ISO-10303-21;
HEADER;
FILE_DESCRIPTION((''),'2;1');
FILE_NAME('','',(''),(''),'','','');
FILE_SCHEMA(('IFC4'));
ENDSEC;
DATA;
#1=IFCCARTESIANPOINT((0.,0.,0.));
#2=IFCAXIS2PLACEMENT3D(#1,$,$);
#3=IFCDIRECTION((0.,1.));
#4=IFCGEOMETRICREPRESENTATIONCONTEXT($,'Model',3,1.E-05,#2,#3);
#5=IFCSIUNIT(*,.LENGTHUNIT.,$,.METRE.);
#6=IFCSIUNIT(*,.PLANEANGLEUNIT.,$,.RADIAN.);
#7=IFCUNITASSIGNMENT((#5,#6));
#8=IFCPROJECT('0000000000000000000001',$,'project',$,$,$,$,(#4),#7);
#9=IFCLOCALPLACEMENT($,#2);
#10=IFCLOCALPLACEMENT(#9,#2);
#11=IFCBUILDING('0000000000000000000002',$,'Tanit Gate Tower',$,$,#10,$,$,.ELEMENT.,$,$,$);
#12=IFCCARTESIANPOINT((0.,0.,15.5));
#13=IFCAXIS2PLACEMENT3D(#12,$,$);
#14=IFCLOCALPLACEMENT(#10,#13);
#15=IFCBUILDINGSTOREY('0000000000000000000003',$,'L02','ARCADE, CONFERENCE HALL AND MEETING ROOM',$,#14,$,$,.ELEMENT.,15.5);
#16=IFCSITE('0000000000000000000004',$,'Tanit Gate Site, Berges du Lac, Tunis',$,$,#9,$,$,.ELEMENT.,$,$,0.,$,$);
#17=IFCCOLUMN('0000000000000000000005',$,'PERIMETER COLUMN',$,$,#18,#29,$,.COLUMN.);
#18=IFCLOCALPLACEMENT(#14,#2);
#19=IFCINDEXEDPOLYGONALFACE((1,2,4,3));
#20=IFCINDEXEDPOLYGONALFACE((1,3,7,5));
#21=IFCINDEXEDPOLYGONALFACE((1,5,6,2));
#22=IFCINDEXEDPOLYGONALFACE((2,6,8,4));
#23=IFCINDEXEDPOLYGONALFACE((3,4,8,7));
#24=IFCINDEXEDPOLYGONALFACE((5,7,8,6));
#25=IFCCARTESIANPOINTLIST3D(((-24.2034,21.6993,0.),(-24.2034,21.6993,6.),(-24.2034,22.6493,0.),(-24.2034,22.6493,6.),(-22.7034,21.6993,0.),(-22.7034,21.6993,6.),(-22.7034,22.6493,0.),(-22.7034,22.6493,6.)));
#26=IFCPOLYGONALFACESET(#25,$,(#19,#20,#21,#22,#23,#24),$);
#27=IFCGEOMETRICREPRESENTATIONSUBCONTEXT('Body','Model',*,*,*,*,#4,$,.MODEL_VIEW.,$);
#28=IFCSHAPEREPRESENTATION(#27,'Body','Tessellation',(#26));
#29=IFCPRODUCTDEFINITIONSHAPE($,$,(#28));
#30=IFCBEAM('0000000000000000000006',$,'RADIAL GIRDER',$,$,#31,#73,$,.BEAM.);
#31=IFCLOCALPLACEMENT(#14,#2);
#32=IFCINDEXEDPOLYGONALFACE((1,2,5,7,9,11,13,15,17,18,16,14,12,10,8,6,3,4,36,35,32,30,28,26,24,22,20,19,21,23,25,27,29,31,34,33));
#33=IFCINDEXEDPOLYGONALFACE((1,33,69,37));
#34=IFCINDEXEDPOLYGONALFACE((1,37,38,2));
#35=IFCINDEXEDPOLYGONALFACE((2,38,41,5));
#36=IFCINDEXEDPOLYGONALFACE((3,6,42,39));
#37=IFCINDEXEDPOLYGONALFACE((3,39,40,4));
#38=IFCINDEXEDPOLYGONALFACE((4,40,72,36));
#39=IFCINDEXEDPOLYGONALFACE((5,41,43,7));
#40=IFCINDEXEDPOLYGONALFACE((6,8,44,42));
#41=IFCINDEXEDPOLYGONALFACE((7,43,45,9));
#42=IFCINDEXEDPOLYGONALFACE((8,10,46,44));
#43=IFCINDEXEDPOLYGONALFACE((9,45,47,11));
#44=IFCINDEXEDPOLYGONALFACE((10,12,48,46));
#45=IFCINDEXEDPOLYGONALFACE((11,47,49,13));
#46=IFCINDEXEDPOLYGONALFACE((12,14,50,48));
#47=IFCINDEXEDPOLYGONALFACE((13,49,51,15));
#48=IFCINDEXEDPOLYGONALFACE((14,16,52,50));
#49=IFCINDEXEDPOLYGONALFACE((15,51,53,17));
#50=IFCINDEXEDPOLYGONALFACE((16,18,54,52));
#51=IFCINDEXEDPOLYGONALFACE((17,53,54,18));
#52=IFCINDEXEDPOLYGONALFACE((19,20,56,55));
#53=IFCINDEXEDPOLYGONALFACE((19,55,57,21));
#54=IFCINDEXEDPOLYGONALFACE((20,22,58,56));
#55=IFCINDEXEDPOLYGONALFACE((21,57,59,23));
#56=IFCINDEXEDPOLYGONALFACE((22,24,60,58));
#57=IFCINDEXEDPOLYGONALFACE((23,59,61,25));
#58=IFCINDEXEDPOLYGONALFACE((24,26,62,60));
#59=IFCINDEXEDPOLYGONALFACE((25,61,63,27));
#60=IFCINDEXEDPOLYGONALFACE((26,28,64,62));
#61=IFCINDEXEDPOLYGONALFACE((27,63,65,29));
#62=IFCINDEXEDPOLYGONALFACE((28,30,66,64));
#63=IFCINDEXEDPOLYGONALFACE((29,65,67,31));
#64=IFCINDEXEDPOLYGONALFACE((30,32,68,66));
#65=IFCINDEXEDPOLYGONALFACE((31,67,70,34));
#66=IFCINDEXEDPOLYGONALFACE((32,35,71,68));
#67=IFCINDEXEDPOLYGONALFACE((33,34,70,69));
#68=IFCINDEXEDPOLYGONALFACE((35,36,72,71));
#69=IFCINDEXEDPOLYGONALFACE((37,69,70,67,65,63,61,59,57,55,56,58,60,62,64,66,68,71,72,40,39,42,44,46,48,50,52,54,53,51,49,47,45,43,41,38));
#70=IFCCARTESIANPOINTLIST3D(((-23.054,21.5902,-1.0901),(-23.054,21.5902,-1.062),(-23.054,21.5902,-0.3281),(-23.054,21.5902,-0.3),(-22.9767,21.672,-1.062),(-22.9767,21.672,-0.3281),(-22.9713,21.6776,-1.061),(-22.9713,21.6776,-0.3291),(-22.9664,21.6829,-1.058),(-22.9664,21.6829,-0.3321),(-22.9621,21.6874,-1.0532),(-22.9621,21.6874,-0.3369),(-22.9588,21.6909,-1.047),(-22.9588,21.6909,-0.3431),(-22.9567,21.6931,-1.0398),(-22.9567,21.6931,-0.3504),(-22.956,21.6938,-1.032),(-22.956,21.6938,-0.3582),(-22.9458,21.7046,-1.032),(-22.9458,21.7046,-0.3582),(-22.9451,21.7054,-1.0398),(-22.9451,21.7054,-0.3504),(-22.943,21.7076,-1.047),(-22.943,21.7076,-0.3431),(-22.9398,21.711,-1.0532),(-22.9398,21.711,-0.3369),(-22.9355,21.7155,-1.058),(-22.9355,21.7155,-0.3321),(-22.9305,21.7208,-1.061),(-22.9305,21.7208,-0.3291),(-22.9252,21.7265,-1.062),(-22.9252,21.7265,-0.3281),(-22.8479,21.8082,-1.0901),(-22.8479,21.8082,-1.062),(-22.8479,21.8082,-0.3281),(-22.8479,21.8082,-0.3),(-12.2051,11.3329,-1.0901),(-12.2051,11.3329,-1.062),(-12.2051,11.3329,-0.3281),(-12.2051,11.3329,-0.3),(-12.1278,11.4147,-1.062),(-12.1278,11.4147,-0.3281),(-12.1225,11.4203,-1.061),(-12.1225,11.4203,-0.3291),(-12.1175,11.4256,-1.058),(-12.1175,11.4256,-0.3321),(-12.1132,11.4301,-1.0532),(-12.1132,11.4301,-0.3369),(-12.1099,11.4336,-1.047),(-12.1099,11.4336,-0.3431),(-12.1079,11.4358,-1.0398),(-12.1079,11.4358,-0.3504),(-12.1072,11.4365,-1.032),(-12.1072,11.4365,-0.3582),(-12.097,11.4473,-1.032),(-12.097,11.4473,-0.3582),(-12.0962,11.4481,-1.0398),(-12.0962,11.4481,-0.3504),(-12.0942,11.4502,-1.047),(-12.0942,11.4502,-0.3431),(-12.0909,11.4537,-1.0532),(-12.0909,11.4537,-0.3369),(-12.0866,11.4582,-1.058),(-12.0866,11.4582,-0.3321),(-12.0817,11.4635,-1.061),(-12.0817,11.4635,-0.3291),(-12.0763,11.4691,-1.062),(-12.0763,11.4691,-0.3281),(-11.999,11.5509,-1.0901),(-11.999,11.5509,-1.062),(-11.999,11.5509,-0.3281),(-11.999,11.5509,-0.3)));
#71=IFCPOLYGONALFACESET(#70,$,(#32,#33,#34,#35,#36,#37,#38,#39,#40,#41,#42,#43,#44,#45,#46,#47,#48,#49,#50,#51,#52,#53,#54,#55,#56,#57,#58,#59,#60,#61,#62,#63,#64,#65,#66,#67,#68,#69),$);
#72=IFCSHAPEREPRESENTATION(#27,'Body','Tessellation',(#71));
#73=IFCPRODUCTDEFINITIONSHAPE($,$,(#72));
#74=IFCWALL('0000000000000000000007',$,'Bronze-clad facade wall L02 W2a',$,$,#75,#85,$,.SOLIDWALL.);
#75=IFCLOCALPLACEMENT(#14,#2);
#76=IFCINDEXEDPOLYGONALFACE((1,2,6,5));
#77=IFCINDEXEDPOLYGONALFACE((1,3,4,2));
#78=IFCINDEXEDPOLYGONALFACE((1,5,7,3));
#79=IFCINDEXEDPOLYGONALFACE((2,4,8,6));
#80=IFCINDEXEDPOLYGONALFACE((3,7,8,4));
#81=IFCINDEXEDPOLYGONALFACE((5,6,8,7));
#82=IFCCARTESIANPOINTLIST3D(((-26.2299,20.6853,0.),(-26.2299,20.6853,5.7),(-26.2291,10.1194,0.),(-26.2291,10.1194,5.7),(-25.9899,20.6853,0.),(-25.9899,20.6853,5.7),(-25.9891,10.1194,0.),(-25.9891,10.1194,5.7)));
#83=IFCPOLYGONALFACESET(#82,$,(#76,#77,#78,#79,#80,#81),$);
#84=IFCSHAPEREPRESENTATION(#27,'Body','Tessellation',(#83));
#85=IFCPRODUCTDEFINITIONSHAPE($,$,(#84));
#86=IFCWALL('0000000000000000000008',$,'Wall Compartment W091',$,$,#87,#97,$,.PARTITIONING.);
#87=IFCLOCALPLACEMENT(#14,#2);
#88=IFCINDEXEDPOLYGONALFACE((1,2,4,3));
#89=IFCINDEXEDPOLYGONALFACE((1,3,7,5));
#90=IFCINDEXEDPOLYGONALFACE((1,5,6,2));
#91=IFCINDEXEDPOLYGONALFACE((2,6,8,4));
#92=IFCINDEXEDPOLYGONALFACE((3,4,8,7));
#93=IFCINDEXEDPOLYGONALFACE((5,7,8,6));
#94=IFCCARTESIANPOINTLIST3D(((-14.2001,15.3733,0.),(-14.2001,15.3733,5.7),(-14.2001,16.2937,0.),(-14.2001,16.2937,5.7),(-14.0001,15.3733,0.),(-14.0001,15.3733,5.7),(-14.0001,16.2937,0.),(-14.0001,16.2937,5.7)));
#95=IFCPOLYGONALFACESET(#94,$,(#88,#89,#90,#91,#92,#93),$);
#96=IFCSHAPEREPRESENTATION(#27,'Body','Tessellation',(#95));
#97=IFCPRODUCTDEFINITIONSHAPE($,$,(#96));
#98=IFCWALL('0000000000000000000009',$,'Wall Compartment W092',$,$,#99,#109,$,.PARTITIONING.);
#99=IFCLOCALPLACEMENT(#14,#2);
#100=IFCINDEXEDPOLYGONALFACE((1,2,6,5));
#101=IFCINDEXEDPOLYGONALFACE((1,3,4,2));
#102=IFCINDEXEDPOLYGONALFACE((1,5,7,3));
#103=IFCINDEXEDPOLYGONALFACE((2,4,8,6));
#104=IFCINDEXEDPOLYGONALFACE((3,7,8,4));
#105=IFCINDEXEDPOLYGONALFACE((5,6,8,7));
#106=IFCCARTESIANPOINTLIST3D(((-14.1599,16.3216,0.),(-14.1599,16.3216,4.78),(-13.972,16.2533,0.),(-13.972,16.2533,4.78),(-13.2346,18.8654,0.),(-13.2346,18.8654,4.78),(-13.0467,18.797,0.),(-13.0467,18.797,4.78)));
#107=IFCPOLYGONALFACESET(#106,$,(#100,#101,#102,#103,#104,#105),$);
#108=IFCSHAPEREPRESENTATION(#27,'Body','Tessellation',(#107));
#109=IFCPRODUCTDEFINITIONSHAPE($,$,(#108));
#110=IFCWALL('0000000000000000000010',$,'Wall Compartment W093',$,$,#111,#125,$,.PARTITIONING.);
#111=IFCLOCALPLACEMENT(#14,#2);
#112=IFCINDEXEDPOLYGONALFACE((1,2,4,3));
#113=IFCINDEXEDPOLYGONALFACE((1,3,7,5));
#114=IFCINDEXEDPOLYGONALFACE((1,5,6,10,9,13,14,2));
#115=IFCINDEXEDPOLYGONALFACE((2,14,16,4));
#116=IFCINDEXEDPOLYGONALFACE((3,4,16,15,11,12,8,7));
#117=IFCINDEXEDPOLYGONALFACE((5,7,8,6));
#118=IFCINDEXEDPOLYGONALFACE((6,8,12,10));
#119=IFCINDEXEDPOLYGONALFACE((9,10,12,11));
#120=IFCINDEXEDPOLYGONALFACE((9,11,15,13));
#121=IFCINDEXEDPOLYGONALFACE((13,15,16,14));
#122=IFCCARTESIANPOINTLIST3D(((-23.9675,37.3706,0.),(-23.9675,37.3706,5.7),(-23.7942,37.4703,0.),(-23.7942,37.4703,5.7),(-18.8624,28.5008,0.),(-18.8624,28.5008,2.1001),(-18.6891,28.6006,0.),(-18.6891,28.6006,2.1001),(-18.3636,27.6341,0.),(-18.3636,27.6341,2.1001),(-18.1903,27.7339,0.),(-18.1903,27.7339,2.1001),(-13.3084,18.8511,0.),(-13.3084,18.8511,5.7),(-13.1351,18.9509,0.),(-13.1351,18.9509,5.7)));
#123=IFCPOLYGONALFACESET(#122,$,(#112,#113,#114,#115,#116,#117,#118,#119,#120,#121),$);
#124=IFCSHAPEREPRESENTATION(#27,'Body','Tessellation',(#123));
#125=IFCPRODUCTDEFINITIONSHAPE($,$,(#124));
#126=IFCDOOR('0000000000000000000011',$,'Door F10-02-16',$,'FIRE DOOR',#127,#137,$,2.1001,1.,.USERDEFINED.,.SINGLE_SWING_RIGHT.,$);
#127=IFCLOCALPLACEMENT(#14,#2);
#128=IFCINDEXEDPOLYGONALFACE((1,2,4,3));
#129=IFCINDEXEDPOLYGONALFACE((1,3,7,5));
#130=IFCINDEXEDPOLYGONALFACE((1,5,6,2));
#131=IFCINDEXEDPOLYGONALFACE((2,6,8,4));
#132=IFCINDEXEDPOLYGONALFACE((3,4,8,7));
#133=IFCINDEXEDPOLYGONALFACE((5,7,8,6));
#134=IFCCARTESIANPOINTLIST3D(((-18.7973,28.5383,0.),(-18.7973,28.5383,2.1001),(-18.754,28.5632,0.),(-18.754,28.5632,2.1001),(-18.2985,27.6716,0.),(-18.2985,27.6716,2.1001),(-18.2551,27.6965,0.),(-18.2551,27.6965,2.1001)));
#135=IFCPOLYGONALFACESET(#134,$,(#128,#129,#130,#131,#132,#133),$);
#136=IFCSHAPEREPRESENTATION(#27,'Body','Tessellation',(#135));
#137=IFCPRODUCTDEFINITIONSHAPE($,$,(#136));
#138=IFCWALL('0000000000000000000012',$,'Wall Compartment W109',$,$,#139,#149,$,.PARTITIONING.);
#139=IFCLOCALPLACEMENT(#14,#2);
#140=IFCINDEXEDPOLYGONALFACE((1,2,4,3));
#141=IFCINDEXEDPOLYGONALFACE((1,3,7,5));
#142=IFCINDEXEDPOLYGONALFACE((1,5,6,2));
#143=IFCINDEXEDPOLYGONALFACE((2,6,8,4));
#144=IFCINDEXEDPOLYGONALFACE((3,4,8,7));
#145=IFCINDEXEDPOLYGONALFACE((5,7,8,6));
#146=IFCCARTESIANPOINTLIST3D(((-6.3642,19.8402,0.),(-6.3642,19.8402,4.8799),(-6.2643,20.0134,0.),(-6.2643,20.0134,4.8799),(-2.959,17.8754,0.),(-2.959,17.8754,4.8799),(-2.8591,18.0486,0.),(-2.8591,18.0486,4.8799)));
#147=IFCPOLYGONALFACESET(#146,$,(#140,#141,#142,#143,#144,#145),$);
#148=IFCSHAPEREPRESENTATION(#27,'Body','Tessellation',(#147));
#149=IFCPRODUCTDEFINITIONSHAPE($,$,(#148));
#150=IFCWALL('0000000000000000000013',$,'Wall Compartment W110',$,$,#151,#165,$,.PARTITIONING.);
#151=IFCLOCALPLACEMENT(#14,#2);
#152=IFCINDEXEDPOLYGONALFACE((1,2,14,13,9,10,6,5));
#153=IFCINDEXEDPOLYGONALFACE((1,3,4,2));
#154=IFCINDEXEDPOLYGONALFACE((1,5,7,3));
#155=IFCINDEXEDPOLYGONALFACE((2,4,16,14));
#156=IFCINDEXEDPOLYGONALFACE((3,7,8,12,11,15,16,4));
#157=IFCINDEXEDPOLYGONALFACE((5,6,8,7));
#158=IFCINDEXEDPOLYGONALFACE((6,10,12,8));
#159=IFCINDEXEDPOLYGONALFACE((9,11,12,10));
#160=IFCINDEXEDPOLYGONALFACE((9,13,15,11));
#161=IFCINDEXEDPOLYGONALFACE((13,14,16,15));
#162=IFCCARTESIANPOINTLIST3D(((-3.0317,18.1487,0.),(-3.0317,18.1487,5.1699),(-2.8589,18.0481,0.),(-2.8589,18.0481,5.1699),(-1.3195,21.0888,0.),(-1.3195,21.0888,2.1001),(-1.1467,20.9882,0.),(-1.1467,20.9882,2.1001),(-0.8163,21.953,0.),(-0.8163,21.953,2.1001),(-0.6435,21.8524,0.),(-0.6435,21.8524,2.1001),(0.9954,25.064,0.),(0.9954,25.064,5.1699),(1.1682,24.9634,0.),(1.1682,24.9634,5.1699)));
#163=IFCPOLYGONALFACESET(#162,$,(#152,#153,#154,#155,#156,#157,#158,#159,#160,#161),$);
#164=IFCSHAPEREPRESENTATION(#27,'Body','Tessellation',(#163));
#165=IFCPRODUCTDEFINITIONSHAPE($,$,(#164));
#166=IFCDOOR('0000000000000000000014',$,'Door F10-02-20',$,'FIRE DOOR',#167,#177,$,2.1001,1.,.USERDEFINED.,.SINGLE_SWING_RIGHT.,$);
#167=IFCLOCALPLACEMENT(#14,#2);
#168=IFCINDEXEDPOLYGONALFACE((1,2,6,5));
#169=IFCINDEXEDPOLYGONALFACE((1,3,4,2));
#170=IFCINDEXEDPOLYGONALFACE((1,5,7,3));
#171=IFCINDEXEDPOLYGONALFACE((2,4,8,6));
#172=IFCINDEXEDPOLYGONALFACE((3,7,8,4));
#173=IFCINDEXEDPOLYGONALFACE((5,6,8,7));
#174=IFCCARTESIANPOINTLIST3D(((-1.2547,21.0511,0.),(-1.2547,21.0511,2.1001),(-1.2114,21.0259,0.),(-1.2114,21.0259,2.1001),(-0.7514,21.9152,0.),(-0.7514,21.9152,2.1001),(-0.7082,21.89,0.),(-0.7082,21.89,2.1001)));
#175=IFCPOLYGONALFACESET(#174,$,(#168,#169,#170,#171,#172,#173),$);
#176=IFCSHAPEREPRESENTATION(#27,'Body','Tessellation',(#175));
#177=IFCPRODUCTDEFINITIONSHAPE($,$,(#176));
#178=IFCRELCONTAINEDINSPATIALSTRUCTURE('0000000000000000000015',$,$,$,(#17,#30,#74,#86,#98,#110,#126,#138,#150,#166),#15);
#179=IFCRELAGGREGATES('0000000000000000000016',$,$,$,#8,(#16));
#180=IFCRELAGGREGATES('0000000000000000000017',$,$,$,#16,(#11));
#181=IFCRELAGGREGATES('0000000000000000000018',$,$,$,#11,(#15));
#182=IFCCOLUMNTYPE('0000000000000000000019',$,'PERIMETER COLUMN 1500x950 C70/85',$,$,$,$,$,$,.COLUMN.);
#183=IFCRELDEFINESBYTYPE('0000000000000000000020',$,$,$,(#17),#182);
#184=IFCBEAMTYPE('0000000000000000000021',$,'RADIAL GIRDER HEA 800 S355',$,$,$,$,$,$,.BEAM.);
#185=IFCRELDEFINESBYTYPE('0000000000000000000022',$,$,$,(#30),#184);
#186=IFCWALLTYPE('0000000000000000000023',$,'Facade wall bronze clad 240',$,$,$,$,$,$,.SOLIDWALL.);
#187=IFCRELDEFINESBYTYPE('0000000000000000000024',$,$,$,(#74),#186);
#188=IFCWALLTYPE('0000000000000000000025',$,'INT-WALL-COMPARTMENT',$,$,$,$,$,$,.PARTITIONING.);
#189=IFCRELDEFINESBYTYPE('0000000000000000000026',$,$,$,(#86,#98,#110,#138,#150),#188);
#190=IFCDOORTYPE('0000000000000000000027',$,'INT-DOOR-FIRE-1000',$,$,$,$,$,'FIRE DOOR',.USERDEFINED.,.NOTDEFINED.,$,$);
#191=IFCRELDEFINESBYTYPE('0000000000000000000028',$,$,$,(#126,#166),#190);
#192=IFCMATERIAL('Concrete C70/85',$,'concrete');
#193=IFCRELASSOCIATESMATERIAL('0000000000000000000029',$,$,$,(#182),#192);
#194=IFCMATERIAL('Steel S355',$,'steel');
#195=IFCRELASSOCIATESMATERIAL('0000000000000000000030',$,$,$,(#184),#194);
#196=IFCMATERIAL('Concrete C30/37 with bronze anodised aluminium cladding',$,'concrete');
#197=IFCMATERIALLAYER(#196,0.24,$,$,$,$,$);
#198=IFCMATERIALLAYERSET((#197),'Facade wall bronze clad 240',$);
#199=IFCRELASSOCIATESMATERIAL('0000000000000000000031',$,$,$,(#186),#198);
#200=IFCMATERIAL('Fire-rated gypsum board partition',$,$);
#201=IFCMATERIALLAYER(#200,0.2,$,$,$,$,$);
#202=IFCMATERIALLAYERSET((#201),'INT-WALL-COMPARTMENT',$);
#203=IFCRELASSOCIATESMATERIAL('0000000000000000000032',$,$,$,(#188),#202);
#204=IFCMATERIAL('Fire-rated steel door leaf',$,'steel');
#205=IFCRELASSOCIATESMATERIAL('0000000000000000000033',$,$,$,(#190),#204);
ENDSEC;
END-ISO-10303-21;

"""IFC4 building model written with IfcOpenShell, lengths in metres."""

from ifc_helpers import new_model, si_unit, direction, frame, frame_2d, origin, origin_2d, place, context, subcontext, project, spatial, rectangle, i_section, extrude, material, layer, layer_set, material_profile, profile_set, type_object, element, fill, save


model = new_model("IFC4")

# Units and contexts
model_context = context("Model", 3, precision=1e-05, world=origin(), true_north=direction((0.0, 1.0)))
body_context = subcontext(model_context, "Body", "Model", "MODEL_VIEW")
ifc_project = project(units=[si_unit("LENGTHUNIT", "METRE"), si_unit("PLANEANGLEUNIT", "RADIAN")], contexts=[model_context])

# Site, building, storey
site_placement = place(None, origin())
site = spatial("IfcSite", under=ifc_project, at=site_placement, Name="Tanit Gate Site, Berges du Lac, Tunis", CompositionType="ELEMENT", RefElevation=0.0)
building_placement = place(site_placement, origin())
building = spatial("IfcBuilding", under=site, at=building_placement, Name="Tanit Gate Tower", CompositionType="ELEMENT")
storey_placement = place(building_placement, frame((0.0, 0.0, 15.5)))
storey = spatial("IfcBuildingStorey", under=building, at=storey_placement, Name="L02", Description="ARCADE, CONFERENCE HALL AND MEETING ROOM", CompositionType="ELEMENT", Elevation=15.5)

# Column
ifc_material_1 = material(Name="Concrete C70/85", Category="concrete")
ifc_material_profile_1 = material_profile(ifc_material_1, rectangle(XDim=1.5, YDim=0.95, at=origin_2d()), Name="RC 1500x950")
ifc_profile_set_1 = profile_set([ifc_material_profile_1], Name="Concrete C70/85")
column_type = type_object("IfcColumnType", Name="PERIMETER COLUMN 1500x950 C70/85", PredefinedType="COLUMN", material=ifc_profile_set_1)
column_placement = place(storey_placement, frame((-23.4534, 22.1743, 0.0), z_axis=(0.0, 0.0, 1.0), x_axis=(-1.0, 0.0, 0.0)))
element("IfcColumn", 1, at=column_placement, inside=storey, type_object=column_type, Name="PERIMETER COLUMN", PredefinedType="COLUMN", context=body_context, shape_type="SweptSolid", body=[
    extrude(rectangle(XDim=1.5, YDim=0.95, at=origin_2d()), origin(), (0.0, 0.0, 1.0), 6.0),
])

# Beam
ifc_material_2 = material(Name="Steel S355", Category="steel")
ifc_material_profile_2 = material_profile(ifc_material_2, i_section(OverallWidth=0.3, OverallDepth=0.79, WebThickness=0.0149, FlangeThickness=0.0281, FilletRadius=0.03, at=origin_2d()), Name="HEA 800")
ifc_profile_set_2 = profile_set([ifc_material_profile_2], Name="Steel S355")
beam_type = type_object("IfcBeamType", Name="RADIAL GIRDER HEA 800 S355", PredefinedType="BEAM", material=ifc_profile_set_2)
beam_placement = place(storey_placement, frame((-22.9509, 21.6992, -0.6951), z_axis=(0.72664, -0.687019, 0.0), x_axis=(0.687019, 0.72664, 0.0)))
element("IfcBeam", 2, at=beam_placement, inside=storey, type_object=beam_type, Name="RADIAL GIRDER", PredefinedType="BEAM", context=body_context, shape_type="SweptSolid", body=[
    extrude(i_section(OverallWidth=0.3, OverallDepth=0.79, WebThickness=0.0149, FlangeThickness=0.0281, FilletRadius=0.03, at=origin_2d()), origin(), (0.0, 0.0, 1.0), 14.9302),
])

# Walls
ifc_material_3 = material(Name="Concrete C30/37 with bronze anodised aluminium cladding", Category="concrete")
ifc_layer_1 = layer(ifc_material_3, 0.24)
ifc_layer_set_1 = layer_set([ifc_layer_1], Name="Facade wall bronze clad 240")
wall_type_1 = type_object("IfcWallType", Name="Facade wall bronze clad 240", PredefinedType="SOLIDWALL", material=ifc_layer_set_1)
wall_1_placement = place(storey_placement, frame((-26.1099, 20.6853, 0.0), z_axis=(0.0, 0.0, 1.0), x_axis=(0.000069, -1.0, 0.0)))
element("IfcWall", 3, at=wall_1_placement, inside=storey, type_object=wall_type_1, Name="Bronze-clad facade wall L02 W2a", PredefinedType="SOLIDWALL", context=body_context, shape_type="SweptSolid", body=[
    extrude(rectangle(XDim=10.5659, YDim=0.24, at=frame_2d((5.283, 0.0))), origin(), (0.0, 0.0, 1.0), 5.7),
])
ifc_material_4 = material(Name="Fire-rated gypsum board partition")
ifc_layer_2 = layer(ifc_material_4, 0.2)
ifc_layer_set_2 = layer_set([ifc_layer_2], Name="INT-WALL-COMPARTMENT")
wall_type_2 = type_object("IfcWallType", Name="INT-WALL-COMPARTMENT", PredefinedType="PARTITIONING", material=ifc_layer_set_2)
wall_2_placement = place(storey_placement, frame((-14.1001, 16.2937, 0.0), z_axis=(0.0, 0.0, 1.0), x_axis=(0.0, -1.0, 0.0)))
element("IfcWall", 4, at=wall_2_placement, inside=storey, type_object=wall_type_2, Name="Wall Compartment W091", PredefinedType="PARTITIONING", context=body_context, shape_type="SweptSolid", body=[
    extrude(rectangle(XDim=0.9204, YDim=0.2, at=frame_2d((0.4602, 0.0))), origin(), (0.0, 0.0, 1.0), 5.7),
])
wall_3_placement = place(storey_placement, frame((-13.1406, 18.8313, 0.0), z_axis=(0.0, 0.0, 1.0), x_axis=(-0.341844, -0.939757, 0.0)))
element("IfcWall", 5, at=wall_3_placement, inside=storey, type_object=wall_type_2, Name="Wall Compartment W092", PredefinedType="PARTITIONING", context=body_context, shape_type="SweptSolid", body=[
    extrude(rectangle(XDim=2.7068, YDim=0.2, at=frame_2d((1.3535, 0.0))), origin(), (0.0, 0.0, 1.0), 4.78),
])

# Wall, opening, door
wall_4_placement = place(storey_placement, frame((-13.2217, 18.9009, 0.0), z_axis=(0.0, 0.0, 1.0), x_axis=(-0.498839, 0.866695, 0.0)))
wall_4 = element("IfcWall", 6, at=wall_4_placement, inside=storey, type_object=wall_type_2, Name="Wall Compartment W093", PredefinedType="PARTITIONING", context=body_context, shape_type="SweptSolid", body=[
    extrude(rectangle(XDim=21.3679, YDim=0.2, at=frame_2d((10.6841, 0.0))), origin(), (0.0, 0.0, 1.0), 5.7),
])
opening_1_placement = place(wall_4_placement, frame((10.134, 0.0, 0.0)))
opening_1 = element("IfcOpeningElement", 7, at=opening_1_placement, cuts=wall_4, PredefinedType="OPENING", context=body_context, shape_type="SweptSolid", body=[
    extrude(rectangle(XDim=1.0, YDim=2.1001, at=frame_2d((0.5, 1.05))), frame((0.0, 0.1099, 0.0), z_axis=(0.0, -1.0, 0.0), x_axis=(1.0, 0.0, 0.0)), (0.0, 0.0, 1.0), 0.22),
])
ifc_material_5 = material(Name="Fire-rated steel door leaf", Category="steel")
door_type_1 = type_object("IfcDoorType", Name="INT-DOOR-FIRE-1000", ElementType="FIRE DOOR", OperationType="NOTDEFINED", PredefinedType="USERDEFINED", material=ifc_material_5)
door_1_placement = place(opening_1_placement, origin())
door_1 = element("IfcDoor", 8, at=door_1_placement, inside=storey, type_object=door_type_1, Name="Door F10-02-16", ObjectType="FIRE DOOR", OperationType="SINGLE_SWING_RIGHT", OverallHeight=2.1001, OverallWidth=1.0, PredefinedType="USERDEFINED", context=body_context, shape_type="SweptSolid", body=[
    extrude(rectangle(XDim=1.0, YDim=2.1001, at=frame_2d((0.5, 1.05))), frame((0.0, 0.0249, 0.0), z_axis=(0.0, -1.0, 0.0), x_axis=(1.0, 0.0, 0.0)), (0.0, 0.0, 1.0), 0.05),
])
fill(opening_1, door_1)

# Wall
wall_5_placement = place(storey_placement, frame((-2.9089, 17.9619, 0.0), z_axis=(0.0, 0.0, 1.0), x_axis=(-0.866157, 0.499773, 0.0)))
element("IfcWall", 9, at=wall_5_placement, inside=storey, type_object=wall_type_2, Name="Wall Compartment W109", PredefinedType="PARTITIONING", context=body_context, shape_type="SweptSolid", body=[
    extrude(rectangle(XDim=3.9314, YDim=0.2, at=frame_2d((1.9658, 0.0))), origin(), (0.0, 0.0, 1.0), 4.8799),
])

# Wall, opening, door
wall_6_placement = place(storey_placement, frame((-2.9453, 18.0984, 0.0), z_axis=(0.0, 0.0, 1.0), x_axis=(0.503235, 0.864149, 0.0)))
wall_6 = element("IfcWall", 10, at=wall_6_placement, inside=storey, type_object=wall_type_2, Name="Wall Compartment W110", PredefinedType="PARTITIONING", context=body_context, shape_type="SweptSolid", body=[
    extrude(rectangle(XDim=8.0024, YDim=0.2, at=frame_2d((4.0012, 0.0))), origin(), (0.0, 0.0, 1.0), 5.1699),
])
opening_2_placement = place(wall_6_placement, frame((3.4023, 0.0, 0.0)))
opening_2 = element("IfcOpeningElement", 11, at=opening_2_placement, cuts=wall_6, PredefinedType="OPENING", context=body_context, shape_type="SweptSolid", body=[
    extrude(rectangle(XDim=1.0, YDim=2.1001, at=frame_2d((0.5, 1.05))), frame((0.0, 0.1099, 0.0), z_axis=(0.0, -1.0, 0.0), x_axis=(1.0, 0.0, 0.0)), (0.0, 0.0, 1.0), 0.22),
])
door_2_placement = place(opening_2_placement, origin())
door_2 = element("IfcDoor", 12, at=door_2_placement, inside=storey, type_object=door_type_1, Name="Door F10-02-20", ObjectType="FIRE DOOR", OperationType="SINGLE_SWING_RIGHT", OverallHeight=2.1001, OverallWidth=1.0, PredefinedType="USERDEFINED", context=body_context, shape_type="SweptSolid", body=[
    extrude(rectangle(XDim=1.0, YDim=2.1001, at=frame_2d((0.5, 1.05))), frame((0.0, 0.0249, 0.0), z_axis=(0.0, -1.0, 0.0), x_axis=(1.0, 0.0, 0.0)), (0.0, 0.0, 1.0), 0.05),
])
fill(opening_2, door_2)

save(model, "model.ifc")
